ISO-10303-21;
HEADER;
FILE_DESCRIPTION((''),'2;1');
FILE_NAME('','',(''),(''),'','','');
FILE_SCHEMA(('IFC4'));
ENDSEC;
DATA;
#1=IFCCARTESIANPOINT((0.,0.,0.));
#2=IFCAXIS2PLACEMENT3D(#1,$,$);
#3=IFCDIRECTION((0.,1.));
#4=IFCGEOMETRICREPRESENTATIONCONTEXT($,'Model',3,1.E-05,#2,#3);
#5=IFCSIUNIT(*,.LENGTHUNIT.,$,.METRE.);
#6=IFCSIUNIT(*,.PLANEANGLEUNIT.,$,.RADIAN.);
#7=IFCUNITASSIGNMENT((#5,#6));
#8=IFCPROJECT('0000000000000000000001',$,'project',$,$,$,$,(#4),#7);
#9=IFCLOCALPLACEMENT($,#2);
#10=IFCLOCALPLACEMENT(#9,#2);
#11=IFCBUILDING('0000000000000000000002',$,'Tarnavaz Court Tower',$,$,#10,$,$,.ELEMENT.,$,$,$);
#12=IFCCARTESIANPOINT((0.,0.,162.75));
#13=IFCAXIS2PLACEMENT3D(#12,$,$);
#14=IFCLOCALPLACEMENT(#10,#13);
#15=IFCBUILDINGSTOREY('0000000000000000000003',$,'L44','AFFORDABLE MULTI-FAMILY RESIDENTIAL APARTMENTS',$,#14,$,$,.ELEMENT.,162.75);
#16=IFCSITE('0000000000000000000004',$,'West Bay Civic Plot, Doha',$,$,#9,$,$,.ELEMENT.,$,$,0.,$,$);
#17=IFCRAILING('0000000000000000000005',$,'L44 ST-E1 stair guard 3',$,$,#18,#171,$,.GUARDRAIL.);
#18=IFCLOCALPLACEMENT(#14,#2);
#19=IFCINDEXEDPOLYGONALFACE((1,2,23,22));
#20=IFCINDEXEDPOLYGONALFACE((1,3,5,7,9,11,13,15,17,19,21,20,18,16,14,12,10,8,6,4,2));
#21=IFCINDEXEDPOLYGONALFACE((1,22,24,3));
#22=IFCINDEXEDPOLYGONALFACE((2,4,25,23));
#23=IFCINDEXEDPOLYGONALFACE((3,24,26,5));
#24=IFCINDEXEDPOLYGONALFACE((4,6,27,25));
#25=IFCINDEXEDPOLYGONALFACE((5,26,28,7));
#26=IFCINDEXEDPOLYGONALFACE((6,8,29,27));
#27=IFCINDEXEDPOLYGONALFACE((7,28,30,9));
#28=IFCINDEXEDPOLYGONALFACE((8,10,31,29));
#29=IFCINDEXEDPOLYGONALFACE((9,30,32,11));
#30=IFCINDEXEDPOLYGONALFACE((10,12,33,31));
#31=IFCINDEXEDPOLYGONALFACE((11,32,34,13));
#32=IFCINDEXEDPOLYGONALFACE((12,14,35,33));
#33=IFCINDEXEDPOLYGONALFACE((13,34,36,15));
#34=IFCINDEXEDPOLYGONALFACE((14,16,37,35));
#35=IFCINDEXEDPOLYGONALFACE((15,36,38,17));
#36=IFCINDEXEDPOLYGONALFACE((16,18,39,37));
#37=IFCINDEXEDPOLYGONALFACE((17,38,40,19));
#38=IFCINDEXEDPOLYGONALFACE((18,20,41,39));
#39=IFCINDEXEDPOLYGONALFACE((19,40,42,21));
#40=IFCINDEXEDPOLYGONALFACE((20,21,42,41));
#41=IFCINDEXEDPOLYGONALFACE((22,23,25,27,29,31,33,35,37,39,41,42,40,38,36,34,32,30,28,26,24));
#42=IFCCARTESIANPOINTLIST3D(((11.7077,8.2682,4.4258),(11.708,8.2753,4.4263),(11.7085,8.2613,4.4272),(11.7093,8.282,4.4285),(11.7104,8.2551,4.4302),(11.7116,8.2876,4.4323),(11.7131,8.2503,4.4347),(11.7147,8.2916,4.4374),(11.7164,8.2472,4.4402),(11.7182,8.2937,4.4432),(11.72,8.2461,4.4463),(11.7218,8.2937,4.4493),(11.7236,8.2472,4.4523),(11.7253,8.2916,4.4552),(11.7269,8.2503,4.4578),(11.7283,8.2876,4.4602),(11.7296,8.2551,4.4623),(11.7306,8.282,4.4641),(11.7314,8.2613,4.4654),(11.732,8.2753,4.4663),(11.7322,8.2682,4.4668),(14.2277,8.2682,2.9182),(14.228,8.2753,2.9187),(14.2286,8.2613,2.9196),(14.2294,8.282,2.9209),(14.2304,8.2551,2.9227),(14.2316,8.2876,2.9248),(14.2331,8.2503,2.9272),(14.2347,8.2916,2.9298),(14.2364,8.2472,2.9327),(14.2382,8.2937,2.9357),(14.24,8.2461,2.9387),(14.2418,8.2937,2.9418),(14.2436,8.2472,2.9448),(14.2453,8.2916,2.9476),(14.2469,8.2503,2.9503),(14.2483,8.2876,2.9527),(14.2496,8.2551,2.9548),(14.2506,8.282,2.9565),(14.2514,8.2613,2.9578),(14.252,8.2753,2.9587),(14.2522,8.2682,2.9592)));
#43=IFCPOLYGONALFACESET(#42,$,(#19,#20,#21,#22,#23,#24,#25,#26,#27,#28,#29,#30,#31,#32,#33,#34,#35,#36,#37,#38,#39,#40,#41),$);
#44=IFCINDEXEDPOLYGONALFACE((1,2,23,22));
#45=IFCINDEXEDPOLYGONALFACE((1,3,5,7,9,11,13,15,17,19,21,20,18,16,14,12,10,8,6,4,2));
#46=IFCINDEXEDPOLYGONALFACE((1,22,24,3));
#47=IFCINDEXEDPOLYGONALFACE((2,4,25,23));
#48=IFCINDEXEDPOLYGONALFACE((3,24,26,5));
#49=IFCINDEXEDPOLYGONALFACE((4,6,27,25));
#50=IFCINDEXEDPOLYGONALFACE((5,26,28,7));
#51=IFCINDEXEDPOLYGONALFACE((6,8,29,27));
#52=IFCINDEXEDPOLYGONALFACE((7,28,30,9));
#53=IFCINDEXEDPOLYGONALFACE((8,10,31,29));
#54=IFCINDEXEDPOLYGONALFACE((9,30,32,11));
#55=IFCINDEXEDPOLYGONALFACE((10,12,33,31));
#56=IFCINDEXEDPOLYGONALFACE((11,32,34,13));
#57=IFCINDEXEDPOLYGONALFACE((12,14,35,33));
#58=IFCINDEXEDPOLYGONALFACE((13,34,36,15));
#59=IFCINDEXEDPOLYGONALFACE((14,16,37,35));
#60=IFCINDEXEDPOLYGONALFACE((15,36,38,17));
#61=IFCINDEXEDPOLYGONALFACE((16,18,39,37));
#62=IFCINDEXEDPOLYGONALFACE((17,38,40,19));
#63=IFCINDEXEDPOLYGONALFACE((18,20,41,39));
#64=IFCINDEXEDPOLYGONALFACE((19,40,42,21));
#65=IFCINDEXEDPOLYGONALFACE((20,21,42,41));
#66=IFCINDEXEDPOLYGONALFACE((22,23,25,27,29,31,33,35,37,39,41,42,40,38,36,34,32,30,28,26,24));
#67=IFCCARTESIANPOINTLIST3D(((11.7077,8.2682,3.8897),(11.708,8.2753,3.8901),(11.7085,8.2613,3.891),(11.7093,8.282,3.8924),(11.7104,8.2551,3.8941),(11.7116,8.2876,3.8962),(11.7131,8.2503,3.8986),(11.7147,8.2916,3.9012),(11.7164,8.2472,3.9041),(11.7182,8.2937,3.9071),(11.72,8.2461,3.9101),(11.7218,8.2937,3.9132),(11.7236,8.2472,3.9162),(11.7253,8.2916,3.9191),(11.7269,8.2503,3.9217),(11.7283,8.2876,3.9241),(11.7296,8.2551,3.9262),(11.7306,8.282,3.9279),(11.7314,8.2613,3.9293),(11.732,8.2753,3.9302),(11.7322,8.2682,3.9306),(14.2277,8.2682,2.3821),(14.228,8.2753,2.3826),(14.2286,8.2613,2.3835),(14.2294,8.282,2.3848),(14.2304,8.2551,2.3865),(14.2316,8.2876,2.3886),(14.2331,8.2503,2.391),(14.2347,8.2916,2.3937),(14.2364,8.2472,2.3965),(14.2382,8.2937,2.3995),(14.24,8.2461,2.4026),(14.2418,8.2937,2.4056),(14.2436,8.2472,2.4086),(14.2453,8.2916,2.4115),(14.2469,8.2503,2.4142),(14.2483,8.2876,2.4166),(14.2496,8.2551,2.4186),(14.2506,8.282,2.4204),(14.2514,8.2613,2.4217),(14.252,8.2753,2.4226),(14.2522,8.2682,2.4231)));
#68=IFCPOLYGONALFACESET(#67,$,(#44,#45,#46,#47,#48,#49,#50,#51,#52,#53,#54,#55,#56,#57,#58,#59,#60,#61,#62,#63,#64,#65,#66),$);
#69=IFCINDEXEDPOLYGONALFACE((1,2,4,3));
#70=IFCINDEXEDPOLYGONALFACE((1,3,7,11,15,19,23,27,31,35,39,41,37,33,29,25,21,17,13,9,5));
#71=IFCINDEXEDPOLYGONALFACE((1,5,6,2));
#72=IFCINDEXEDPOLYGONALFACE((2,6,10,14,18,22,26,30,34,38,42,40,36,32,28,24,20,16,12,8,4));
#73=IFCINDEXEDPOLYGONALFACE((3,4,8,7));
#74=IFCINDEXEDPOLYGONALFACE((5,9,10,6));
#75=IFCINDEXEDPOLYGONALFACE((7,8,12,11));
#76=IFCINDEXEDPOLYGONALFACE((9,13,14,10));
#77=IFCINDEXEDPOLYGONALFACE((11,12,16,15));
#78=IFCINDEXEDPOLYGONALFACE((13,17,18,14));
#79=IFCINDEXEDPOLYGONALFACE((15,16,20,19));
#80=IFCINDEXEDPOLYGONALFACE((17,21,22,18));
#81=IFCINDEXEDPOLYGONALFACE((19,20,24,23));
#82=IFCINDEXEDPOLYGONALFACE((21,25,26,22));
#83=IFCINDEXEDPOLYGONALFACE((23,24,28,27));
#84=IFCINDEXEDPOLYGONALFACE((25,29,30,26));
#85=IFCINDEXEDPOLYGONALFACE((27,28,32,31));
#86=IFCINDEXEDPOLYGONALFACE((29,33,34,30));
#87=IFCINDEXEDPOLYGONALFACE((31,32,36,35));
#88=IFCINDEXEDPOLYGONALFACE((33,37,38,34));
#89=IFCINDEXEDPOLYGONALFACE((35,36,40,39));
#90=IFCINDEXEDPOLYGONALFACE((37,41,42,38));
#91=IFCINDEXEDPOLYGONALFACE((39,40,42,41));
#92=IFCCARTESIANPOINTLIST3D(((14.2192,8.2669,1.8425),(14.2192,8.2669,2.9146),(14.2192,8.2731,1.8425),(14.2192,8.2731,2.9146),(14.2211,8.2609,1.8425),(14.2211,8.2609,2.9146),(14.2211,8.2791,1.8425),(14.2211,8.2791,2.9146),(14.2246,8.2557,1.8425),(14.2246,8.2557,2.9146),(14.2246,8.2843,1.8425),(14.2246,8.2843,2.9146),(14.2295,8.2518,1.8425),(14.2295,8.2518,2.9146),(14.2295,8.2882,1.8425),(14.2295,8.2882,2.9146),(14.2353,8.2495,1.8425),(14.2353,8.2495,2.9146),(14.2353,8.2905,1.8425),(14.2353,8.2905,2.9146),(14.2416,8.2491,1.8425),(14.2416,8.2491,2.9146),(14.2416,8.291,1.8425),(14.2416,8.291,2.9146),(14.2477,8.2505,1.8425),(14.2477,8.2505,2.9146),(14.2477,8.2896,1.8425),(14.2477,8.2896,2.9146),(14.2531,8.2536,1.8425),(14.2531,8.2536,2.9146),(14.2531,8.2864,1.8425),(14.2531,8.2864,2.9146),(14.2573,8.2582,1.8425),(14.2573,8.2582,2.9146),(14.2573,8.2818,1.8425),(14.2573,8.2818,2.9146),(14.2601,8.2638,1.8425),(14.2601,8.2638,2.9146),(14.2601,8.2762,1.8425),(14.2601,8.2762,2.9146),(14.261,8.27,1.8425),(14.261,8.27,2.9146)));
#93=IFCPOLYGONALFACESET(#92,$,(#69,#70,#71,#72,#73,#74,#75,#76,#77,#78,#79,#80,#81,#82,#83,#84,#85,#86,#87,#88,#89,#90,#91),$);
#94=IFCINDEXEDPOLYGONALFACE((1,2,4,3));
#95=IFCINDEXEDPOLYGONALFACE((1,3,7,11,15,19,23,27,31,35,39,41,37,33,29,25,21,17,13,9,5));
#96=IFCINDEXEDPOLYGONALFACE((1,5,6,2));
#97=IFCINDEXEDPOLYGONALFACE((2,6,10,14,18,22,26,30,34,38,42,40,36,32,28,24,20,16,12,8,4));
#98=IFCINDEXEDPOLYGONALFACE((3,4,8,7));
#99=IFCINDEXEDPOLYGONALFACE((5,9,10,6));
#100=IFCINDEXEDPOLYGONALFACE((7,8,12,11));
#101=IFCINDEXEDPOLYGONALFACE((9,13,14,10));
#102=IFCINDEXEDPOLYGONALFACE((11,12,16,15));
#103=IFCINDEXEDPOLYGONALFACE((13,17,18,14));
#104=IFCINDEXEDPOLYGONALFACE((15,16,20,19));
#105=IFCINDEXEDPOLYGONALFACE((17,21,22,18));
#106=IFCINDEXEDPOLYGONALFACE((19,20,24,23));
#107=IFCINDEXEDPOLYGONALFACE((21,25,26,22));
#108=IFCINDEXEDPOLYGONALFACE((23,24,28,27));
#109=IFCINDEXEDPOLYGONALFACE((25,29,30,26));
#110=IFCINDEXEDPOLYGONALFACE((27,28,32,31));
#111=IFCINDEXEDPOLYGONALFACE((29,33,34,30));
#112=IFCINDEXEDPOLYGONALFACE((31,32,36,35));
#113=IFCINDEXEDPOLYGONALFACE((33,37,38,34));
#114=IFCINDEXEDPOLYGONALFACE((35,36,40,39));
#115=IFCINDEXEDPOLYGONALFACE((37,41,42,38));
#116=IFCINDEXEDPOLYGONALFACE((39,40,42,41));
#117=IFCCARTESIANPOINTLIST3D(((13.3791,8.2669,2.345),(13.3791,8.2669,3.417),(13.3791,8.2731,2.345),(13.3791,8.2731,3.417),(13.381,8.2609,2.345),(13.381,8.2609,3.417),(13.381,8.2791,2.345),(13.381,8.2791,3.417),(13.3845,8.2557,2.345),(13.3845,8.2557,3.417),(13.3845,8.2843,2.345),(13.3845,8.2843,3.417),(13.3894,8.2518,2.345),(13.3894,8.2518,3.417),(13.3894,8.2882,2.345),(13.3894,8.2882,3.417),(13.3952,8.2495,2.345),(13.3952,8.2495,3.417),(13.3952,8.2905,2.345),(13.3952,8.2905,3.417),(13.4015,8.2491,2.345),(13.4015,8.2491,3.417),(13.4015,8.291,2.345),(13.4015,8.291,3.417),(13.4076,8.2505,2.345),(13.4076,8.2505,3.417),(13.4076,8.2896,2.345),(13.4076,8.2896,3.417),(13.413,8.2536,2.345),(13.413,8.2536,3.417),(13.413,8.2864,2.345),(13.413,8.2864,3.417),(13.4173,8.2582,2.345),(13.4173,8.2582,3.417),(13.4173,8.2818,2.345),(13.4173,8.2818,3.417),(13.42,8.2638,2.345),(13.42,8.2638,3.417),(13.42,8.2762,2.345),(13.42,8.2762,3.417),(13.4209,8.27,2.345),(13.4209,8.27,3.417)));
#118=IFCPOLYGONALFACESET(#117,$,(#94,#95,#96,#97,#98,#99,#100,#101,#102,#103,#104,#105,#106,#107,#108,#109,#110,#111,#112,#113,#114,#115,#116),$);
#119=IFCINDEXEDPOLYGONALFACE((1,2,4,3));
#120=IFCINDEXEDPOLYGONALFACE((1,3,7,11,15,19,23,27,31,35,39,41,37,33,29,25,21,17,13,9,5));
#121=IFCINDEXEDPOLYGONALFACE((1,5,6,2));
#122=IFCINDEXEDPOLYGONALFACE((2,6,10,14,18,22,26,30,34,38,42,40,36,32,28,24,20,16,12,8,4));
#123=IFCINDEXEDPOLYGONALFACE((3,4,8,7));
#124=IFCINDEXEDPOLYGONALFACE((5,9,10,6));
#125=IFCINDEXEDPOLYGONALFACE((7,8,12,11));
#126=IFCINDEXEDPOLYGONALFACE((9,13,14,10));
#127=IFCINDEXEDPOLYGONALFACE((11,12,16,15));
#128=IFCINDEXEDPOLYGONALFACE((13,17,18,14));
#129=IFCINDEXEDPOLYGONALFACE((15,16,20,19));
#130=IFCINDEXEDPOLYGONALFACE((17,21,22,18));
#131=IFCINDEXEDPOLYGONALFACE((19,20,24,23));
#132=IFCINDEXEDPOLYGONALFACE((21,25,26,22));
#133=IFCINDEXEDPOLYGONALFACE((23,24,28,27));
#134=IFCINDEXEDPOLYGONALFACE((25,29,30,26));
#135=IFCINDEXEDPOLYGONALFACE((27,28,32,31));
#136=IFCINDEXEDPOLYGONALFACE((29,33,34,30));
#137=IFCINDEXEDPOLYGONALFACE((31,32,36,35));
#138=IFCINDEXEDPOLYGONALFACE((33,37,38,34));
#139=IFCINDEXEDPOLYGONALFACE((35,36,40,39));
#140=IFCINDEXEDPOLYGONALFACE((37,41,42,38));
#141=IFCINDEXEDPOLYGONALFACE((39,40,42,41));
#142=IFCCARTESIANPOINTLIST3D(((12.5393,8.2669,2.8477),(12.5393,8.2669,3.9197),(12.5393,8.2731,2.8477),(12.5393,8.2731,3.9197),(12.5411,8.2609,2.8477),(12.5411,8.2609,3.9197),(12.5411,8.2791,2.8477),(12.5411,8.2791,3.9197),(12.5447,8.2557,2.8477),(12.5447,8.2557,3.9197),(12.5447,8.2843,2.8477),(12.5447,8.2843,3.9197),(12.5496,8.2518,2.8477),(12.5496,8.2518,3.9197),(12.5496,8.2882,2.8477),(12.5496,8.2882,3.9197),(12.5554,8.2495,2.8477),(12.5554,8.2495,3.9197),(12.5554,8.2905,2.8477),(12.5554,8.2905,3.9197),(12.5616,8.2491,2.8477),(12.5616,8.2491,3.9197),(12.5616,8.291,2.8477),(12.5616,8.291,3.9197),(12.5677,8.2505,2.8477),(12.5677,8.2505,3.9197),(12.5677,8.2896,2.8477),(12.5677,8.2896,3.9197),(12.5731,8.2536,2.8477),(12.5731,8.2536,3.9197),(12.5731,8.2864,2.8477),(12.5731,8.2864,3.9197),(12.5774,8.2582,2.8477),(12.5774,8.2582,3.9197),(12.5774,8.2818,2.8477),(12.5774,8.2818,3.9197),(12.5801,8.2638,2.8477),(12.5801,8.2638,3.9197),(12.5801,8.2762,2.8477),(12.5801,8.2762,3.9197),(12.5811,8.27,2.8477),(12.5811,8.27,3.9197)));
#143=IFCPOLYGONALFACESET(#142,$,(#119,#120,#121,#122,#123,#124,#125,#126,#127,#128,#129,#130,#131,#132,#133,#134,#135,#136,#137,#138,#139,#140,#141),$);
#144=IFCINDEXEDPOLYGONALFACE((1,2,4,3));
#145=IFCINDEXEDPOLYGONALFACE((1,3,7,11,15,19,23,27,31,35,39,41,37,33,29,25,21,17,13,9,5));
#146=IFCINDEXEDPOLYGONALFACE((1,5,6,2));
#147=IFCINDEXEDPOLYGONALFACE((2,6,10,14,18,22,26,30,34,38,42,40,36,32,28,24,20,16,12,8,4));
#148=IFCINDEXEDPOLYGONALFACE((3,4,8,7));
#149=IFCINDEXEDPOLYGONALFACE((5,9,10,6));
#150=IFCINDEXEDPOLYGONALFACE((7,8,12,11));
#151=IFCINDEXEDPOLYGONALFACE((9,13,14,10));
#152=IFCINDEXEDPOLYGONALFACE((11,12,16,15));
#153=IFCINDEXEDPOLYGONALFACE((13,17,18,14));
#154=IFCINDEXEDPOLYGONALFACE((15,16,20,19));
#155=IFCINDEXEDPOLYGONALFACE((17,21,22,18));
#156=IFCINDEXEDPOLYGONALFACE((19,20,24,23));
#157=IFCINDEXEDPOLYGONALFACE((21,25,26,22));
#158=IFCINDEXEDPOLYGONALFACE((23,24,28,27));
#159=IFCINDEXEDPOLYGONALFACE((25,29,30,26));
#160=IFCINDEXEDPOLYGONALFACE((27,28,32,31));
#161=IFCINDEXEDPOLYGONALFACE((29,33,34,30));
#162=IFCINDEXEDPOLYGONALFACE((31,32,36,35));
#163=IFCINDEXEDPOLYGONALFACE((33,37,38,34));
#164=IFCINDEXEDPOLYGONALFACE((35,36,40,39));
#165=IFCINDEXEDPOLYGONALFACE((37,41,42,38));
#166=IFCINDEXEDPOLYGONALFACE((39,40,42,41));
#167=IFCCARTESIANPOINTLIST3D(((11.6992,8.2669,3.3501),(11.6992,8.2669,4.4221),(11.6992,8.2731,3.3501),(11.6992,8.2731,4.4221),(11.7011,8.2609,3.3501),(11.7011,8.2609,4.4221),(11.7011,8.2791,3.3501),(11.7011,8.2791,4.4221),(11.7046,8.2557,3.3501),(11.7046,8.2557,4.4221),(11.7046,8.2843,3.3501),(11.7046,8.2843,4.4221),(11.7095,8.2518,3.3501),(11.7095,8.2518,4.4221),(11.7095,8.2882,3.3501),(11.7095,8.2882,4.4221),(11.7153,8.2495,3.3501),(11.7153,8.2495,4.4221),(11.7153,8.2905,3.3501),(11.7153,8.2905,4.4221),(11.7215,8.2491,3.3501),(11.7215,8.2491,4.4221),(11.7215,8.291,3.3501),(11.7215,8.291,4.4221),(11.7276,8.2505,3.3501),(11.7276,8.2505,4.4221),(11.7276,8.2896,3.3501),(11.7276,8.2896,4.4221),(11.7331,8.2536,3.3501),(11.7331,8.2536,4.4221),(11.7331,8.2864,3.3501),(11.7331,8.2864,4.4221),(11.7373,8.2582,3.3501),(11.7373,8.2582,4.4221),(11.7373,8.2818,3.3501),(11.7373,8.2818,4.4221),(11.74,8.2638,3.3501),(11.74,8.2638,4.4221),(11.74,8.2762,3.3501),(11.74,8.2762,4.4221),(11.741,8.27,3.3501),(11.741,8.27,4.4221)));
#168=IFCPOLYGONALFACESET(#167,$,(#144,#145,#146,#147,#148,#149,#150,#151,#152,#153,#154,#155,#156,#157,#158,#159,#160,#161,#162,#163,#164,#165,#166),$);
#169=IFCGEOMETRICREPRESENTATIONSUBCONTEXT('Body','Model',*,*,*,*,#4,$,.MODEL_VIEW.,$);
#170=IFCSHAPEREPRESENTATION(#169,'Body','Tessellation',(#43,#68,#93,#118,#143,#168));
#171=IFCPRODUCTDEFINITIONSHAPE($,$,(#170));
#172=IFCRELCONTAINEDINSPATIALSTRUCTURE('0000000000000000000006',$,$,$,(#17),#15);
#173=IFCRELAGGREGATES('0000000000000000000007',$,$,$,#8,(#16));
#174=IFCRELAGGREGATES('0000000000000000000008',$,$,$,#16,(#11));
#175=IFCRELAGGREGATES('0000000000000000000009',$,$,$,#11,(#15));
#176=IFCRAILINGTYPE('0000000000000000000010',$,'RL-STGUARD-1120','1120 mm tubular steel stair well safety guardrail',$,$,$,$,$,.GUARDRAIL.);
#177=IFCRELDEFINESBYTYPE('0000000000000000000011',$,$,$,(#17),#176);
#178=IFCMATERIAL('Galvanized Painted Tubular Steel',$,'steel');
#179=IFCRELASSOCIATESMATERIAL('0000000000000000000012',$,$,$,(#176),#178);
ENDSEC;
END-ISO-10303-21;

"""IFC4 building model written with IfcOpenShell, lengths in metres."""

from ifc_helpers import new_model, si_unit, direction, frame, origin, origin_2d, place, context, subcontext, project, spatial, circle, extrude, material, type_object, element, save


model = new_model("IFC4")

# Units and contexts
model_context = context("Model", 3, precision=1e-05, world=origin(), true_north=direction((0.0, 1.0)))
body_context = subcontext(model_context, "Body", "Model", "MODEL_VIEW")
ifc_project = project(units=[si_unit("LENGTHUNIT", "METRE"), si_unit("PLANEANGLEUNIT", "RADIAN")], contexts=[model_context])

# Site, building, storey
site_placement = place(None, origin())
site = spatial("IfcSite", under=ifc_project, at=site_placement, Name="West Bay Civic Plot, Doha", CompositionType="ELEMENT", RefElevation=0.0)
building_placement = place(site_placement, origin())
building = spatial("IfcBuilding", under=site, at=building_placement, Name="Tarnavaz Court Tower", CompositionType="ELEMENT")
storey_placement = place(building_placement, frame((0.0, 0.0, 162.75)))
storey = spatial("IfcBuildingStorey", under=building, at=storey_placement, Name="L44", Description="AFFORDABLE MULTI-FAMILY RESIDENTIAL APARTMENTS", CompositionType="ELEMENT", Elevation=162.75)

# Railing
ifc_material_1 = material(Name="Galvanized Painted Tubular Steel", Category="steel")
railing_type_1 = type_object("IfcRailingType", Name="RL-STGUARD-1120", Description="1120 mm tubular steel stair well safety guardrail", PredefinedType="GUARDRAIL", material=ifc_material_1)
railing_1_placement = place(storey_placement, frame((14.24, 8.27, 1.8425)))
element("IfcRailing", 1, at=railing_1_placement, inside=storey, type_object=railing_type_1, Name="L44 ST-E1 stair guard 3", PredefinedType="GUARDRAIL", context=body_context, shape_type="SweptSolid", body=[
    extrude(circle(Radius=0.0239, at=origin_2d()), frame((0.0, 0.0, 1.0962), z_axis=(-0.85816, 0.0, 0.513383), x_axis=(0.0, -1.0, 0.0)), (0.0, 0.0, 1.0), 2.9365),
    extrude(circle(Radius=0.0239, at=origin_2d()), frame((0.0, 0.0, 0.5601), z_axis=(-0.85816, 0.0, 0.513383), x_axis=(0.0, -1.0, 0.0)), (0.0, 0.0, 1.0), 2.9365),
    extrude(circle(Radius=0.021, at=origin_2d()), origin(), (0.0, 0.0, 1.0), 1.072),
    extrude(circle(Radius=0.021, at=origin_2d()), frame((-0.8401, 0.0, 0.5024)), (0.0, 0.0, 1.0), 1.072),
    extrude(circle(Radius=0.021, at=origin_2d()), frame((-1.6799, 0.0, 1.0051)), (0.0, 0.0, 1.0), 1.072),
    extrude(circle(Radius=0.021, at=origin_2d()), frame((-2.52, 0.0, 1.5076)), (0.0, 0.0, 1.0), 1.072),
])

save(model, "model.ifc")
